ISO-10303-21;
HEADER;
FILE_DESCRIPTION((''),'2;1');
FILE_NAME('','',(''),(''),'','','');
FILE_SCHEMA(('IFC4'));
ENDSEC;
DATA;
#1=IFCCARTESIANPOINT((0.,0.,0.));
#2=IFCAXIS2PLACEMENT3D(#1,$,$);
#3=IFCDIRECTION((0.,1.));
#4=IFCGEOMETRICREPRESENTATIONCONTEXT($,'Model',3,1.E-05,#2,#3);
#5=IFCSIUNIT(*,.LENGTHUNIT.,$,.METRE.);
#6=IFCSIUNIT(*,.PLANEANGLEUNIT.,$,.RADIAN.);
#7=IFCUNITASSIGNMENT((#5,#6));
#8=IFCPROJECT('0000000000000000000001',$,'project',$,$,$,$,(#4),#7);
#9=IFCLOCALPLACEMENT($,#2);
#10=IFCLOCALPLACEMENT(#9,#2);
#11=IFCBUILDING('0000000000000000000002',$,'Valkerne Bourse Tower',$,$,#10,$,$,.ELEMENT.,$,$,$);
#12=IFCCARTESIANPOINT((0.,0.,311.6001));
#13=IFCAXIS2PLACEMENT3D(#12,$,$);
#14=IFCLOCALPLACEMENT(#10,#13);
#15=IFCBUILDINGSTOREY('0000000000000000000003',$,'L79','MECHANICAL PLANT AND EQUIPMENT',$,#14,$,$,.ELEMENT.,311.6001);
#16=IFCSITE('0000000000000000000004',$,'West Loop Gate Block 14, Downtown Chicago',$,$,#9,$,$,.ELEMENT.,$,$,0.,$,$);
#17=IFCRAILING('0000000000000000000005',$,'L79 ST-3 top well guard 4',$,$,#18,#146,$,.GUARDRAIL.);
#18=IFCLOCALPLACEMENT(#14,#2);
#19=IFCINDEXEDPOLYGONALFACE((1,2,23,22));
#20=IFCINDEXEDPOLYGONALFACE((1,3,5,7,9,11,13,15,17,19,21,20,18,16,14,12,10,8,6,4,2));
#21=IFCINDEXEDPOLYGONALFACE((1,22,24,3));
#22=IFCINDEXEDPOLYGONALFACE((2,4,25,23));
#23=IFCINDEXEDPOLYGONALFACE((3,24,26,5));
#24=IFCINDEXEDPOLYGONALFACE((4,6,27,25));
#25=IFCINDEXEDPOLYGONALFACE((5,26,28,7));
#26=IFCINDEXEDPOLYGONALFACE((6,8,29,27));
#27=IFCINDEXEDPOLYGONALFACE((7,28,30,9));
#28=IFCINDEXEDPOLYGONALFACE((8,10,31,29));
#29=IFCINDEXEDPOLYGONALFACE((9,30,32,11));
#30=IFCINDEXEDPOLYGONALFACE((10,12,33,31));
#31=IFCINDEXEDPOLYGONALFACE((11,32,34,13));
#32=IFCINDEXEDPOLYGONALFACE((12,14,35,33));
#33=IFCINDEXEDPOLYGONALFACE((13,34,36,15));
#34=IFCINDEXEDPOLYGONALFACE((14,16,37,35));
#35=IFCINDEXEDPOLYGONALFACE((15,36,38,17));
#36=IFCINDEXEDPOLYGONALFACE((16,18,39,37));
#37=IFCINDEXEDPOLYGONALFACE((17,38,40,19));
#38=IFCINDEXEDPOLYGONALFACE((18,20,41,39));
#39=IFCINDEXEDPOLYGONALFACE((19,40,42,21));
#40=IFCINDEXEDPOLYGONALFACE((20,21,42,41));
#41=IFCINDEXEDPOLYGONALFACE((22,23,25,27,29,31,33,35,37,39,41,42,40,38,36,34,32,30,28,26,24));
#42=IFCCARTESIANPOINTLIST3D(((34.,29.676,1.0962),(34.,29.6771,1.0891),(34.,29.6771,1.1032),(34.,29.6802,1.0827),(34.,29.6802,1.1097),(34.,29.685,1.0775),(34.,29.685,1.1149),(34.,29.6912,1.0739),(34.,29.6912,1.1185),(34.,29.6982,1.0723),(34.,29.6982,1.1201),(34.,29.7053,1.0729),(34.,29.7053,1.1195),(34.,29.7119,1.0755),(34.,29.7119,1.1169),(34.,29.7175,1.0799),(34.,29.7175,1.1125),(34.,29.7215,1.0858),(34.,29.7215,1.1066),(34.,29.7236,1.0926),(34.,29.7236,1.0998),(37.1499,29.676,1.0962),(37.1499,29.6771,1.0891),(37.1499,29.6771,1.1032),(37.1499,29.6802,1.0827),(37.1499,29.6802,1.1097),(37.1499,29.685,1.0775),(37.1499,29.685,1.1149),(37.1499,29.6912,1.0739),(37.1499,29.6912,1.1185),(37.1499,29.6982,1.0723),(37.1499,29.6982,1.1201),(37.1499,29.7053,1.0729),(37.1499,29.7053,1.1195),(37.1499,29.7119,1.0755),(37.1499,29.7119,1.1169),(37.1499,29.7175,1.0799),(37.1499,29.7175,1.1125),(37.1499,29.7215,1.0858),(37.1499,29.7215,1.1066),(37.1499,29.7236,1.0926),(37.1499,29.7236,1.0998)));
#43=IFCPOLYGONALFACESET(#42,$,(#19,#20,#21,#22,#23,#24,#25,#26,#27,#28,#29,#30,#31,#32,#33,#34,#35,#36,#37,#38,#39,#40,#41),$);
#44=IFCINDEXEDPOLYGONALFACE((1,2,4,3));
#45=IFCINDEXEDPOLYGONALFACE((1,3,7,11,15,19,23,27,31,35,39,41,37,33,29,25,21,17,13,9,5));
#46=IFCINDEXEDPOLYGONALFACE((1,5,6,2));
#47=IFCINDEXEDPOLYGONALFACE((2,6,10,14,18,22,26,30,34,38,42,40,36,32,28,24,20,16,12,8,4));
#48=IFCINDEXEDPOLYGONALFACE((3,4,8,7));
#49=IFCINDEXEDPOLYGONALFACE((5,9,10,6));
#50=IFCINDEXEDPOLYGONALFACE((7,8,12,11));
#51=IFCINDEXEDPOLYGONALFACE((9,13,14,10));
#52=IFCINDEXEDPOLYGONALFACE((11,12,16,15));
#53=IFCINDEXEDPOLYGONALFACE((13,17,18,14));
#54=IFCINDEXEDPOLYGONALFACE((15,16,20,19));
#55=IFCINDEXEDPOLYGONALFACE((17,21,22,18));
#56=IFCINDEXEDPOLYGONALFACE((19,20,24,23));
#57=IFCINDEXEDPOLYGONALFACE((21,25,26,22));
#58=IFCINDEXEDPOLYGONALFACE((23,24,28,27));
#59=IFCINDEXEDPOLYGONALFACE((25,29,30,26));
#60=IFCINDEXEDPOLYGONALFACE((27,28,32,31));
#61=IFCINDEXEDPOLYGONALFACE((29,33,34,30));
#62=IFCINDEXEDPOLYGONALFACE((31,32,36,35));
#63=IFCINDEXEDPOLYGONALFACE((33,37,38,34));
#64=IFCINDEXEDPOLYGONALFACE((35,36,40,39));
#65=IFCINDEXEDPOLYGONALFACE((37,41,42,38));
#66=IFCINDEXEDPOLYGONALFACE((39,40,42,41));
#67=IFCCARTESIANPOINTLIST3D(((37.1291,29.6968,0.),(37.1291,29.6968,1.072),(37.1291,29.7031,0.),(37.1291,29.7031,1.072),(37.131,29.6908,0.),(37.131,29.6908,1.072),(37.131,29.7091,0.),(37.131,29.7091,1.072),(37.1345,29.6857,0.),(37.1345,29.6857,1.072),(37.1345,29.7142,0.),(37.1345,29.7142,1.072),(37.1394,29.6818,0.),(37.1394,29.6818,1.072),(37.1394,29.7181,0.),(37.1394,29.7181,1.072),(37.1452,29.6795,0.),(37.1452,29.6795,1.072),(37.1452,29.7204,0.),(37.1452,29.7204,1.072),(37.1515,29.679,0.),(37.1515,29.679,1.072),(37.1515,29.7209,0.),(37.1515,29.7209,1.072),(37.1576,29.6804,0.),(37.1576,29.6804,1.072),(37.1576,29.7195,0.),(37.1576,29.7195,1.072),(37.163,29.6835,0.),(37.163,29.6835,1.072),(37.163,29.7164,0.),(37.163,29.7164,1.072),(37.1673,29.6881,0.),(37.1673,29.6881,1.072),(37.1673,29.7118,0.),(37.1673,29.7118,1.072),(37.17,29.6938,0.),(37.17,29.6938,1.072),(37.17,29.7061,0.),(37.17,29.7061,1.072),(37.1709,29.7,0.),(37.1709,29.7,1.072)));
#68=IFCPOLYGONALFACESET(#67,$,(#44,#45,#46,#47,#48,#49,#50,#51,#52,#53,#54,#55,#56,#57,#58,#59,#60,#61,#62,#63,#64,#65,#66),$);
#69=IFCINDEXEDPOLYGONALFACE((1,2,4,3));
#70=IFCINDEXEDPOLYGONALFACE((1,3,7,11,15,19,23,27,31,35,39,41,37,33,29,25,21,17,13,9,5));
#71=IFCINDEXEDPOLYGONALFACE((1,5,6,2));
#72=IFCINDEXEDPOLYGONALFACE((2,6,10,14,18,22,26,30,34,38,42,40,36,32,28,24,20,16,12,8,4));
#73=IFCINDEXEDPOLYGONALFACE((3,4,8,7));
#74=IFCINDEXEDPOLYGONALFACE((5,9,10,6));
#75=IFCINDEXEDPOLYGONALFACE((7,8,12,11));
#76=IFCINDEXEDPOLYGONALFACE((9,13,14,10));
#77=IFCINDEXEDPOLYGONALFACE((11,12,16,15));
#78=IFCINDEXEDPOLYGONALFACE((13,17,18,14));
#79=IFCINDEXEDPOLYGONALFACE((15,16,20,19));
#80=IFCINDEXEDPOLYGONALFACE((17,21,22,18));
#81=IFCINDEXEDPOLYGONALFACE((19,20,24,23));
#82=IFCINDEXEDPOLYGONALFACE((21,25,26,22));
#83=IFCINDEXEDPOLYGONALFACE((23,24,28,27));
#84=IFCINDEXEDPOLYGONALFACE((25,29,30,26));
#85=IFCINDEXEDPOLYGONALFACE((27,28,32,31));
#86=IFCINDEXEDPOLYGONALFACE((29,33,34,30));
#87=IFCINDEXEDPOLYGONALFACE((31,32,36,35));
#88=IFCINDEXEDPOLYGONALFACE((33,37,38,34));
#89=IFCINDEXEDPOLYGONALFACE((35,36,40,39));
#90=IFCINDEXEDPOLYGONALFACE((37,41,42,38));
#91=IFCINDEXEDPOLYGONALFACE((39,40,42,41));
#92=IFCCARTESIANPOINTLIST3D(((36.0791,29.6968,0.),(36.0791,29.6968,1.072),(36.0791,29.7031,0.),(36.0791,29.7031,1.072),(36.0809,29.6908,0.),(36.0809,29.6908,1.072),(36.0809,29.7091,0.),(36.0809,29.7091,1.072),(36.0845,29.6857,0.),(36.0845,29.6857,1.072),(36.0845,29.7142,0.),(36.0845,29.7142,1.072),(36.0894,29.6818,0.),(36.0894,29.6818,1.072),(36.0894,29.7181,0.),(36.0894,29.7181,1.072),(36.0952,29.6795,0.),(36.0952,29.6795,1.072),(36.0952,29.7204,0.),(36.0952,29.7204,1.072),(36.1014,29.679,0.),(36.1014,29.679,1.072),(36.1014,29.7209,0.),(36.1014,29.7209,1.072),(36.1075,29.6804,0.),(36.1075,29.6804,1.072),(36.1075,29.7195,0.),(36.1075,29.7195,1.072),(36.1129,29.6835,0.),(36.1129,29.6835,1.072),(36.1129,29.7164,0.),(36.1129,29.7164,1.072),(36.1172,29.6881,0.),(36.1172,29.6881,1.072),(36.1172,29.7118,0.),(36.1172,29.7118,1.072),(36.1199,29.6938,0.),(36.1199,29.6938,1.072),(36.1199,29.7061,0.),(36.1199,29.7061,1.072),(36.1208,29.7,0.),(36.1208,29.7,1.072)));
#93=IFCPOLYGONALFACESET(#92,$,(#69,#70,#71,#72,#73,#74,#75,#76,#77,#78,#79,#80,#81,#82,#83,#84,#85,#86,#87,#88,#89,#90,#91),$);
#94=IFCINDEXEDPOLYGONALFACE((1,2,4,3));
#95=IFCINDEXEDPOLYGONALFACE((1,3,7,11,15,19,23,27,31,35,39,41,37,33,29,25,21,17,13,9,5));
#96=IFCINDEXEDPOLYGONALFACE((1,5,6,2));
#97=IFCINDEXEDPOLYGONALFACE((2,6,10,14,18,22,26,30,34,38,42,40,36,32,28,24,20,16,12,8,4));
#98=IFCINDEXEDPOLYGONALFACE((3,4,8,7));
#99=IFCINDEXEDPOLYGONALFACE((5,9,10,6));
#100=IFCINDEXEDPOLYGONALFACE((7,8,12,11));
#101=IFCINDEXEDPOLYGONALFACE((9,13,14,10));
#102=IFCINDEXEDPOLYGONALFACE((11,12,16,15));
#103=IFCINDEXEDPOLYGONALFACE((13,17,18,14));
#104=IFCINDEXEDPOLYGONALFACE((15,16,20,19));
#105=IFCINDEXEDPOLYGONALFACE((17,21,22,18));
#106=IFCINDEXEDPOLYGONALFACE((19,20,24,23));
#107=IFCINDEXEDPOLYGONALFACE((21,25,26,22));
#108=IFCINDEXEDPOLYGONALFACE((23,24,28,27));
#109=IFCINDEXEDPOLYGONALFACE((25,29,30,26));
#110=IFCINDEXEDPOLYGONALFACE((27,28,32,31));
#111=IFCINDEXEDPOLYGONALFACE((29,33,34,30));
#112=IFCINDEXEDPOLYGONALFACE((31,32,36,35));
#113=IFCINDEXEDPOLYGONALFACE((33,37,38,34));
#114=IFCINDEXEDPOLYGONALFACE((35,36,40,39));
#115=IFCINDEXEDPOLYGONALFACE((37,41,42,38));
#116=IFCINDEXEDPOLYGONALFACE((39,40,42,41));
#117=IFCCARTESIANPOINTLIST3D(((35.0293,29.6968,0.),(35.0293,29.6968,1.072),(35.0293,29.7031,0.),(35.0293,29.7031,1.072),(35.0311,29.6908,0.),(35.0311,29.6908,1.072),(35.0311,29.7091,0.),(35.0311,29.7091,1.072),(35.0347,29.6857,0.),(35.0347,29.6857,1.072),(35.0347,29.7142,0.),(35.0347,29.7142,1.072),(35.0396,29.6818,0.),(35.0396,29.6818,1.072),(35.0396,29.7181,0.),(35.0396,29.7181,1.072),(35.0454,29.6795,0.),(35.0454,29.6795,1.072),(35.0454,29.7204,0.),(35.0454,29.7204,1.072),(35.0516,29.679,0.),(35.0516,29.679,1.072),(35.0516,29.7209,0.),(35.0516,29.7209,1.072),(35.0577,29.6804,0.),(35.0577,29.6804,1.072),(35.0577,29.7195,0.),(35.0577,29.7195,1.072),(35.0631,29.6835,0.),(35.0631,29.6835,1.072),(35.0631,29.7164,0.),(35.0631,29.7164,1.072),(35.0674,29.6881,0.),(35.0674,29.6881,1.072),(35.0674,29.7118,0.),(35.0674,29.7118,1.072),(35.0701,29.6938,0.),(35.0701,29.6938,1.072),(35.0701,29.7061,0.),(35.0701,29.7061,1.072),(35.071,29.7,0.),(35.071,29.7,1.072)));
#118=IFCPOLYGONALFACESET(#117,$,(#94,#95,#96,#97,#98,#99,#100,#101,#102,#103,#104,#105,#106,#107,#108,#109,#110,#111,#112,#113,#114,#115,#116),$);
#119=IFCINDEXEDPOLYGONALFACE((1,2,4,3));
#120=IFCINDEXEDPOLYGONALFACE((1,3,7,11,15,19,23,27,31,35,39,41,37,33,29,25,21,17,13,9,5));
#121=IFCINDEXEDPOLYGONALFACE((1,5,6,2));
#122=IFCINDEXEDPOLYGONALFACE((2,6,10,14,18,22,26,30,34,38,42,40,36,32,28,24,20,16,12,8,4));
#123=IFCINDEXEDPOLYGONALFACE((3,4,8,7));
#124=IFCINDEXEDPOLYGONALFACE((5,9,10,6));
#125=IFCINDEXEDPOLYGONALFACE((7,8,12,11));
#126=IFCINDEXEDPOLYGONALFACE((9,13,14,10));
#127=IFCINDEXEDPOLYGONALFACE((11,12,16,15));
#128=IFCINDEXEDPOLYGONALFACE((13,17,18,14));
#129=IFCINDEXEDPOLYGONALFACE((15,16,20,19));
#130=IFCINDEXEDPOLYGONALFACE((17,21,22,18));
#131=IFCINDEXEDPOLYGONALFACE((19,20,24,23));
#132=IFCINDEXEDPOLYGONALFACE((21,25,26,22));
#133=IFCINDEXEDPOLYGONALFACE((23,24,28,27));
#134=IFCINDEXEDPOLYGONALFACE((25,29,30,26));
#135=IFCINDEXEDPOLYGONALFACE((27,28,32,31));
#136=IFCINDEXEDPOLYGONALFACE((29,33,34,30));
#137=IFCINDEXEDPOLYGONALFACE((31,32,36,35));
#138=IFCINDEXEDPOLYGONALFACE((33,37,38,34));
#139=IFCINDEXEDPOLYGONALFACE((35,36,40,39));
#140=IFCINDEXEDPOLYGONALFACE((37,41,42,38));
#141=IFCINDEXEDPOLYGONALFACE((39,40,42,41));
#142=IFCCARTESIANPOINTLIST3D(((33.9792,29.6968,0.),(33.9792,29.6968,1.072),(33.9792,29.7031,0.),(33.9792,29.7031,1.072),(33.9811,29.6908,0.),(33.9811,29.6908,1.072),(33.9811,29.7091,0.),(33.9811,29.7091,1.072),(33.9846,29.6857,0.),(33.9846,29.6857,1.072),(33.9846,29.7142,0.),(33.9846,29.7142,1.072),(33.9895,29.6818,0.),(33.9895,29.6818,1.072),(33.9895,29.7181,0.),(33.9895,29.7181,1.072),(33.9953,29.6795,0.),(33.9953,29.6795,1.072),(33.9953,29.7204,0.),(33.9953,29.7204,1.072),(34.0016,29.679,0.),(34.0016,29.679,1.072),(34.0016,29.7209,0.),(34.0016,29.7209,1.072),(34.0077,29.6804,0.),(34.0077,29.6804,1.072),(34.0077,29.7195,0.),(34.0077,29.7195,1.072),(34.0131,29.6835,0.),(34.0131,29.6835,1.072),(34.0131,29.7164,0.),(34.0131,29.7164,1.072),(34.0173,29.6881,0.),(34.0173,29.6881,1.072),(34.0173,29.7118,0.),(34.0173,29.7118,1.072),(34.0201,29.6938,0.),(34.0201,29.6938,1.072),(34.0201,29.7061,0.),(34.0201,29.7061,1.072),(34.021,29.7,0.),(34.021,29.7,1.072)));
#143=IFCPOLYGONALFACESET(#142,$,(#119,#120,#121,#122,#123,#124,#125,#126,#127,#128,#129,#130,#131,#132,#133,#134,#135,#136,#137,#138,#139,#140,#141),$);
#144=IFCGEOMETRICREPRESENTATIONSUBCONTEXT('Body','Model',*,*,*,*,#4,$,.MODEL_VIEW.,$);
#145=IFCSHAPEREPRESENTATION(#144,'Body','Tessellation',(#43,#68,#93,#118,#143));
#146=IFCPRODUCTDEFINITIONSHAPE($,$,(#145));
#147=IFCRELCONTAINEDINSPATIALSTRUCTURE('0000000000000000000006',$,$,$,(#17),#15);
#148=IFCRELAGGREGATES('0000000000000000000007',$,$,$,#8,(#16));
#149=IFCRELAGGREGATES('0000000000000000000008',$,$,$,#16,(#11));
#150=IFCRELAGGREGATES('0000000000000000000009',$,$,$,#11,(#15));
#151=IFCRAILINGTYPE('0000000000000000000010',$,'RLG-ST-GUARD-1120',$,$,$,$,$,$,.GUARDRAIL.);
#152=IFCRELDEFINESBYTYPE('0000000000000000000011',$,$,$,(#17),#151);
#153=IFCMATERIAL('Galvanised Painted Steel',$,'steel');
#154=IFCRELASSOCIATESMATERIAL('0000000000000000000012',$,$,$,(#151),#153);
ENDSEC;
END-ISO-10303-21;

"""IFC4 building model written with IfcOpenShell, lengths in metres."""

from ifc_helpers import new_model, si_unit, direction, frame, origin, origin_2d, place, context, subcontext, project, spatial, circle, extrude, material, type_object, element, save


model = new_model("IFC4")

# Units and contexts
model_context = context("Model", 3, precision=1e-05, world=origin(), true_north=direction((0.0, 1.0)))
body_context = subcontext(model_context, "Body", "Model", "MODEL_VIEW")
ifc_project = project(units=[si_unit("LENGTHUNIT", "METRE"), si_unit("PLANEANGLEUNIT", "RADIAN")], contexts=[model_context])

# Site, building, storey
site_placement = place(None, origin())
site = spatial("IfcSite", under=ifc_project, at=site_placement, Name="West Loop Gate Block 14, Downtown Chicago", CompositionType="ELEMENT", RefElevation=0.0)
building_placement = place(site_placement, origin())
building = spatial("IfcBuilding", under=site, at=building_placement, Name="Valkerne Bourse Tower", CompositionType="ELEMENT")
storey_placement = place(building_placement, frame((0.0, 0.0, 311.6001)))
storey = spatial("IfcBuildingStorey", under=building, at=storey_placement, Name="L79", Description="MECHANICAL PLANT AND EQUIPMENT", CompositionType="ELEMENT", Elevation=311.6001)

# Shared definitions
ifc_material_1 = material(Name="Galvanised Painted Steel", Category="steel")

# Railing
railing_type = type_object("IfcRailingType", Name="RLG-ST-GUARD-1120", PredefinedType="GUARDRAIL", material=ifc_material_1)
railing_placement = place(storey_placement, frame((37.1499, 29.7, 0.0)))
element("IfcRailing", 1, at=railing_placement, inside=storey, type_object=railing_type, Name="L79 ST-3 top well guard 4", PredefinedType="GUARDRAIL", context=body_context, shape_type="SweptSolid", body=[
    extrude(circle(Radius=0.0239, at=origin_2d()), frame((0.0, 0.0, 1.0962), z_axis=(-1.0, 0.0, 0.0), x_axis=(0.0, -1.0, 0.0)), (0.0, 0.0, 1.0), 3.1499),
    extrude(circle(Radius=0.021, at=origin_2d()), origin(), (0.0, 0.0, 1.0), 1.072),
    extrude(circle(Radius=0.021, at=origin_2d()), frame((-1.05, 0.0, 0.0)), (0.0, 0.0, 1.0), 1.072),
    extrude(circle(Radius=0.021, at=origin_2d()), frame((-2.0999, 0.0, 0.0)), (0.0, 0.0, 1.0), 1.072),
    extrude(circle(Radius=0.021, at=origin_2d()), frame((-3.1499, 0.0, 0.0)), (0.0, 0.0, 1.0), 1.072),
])

save(model, "model.ifc")
